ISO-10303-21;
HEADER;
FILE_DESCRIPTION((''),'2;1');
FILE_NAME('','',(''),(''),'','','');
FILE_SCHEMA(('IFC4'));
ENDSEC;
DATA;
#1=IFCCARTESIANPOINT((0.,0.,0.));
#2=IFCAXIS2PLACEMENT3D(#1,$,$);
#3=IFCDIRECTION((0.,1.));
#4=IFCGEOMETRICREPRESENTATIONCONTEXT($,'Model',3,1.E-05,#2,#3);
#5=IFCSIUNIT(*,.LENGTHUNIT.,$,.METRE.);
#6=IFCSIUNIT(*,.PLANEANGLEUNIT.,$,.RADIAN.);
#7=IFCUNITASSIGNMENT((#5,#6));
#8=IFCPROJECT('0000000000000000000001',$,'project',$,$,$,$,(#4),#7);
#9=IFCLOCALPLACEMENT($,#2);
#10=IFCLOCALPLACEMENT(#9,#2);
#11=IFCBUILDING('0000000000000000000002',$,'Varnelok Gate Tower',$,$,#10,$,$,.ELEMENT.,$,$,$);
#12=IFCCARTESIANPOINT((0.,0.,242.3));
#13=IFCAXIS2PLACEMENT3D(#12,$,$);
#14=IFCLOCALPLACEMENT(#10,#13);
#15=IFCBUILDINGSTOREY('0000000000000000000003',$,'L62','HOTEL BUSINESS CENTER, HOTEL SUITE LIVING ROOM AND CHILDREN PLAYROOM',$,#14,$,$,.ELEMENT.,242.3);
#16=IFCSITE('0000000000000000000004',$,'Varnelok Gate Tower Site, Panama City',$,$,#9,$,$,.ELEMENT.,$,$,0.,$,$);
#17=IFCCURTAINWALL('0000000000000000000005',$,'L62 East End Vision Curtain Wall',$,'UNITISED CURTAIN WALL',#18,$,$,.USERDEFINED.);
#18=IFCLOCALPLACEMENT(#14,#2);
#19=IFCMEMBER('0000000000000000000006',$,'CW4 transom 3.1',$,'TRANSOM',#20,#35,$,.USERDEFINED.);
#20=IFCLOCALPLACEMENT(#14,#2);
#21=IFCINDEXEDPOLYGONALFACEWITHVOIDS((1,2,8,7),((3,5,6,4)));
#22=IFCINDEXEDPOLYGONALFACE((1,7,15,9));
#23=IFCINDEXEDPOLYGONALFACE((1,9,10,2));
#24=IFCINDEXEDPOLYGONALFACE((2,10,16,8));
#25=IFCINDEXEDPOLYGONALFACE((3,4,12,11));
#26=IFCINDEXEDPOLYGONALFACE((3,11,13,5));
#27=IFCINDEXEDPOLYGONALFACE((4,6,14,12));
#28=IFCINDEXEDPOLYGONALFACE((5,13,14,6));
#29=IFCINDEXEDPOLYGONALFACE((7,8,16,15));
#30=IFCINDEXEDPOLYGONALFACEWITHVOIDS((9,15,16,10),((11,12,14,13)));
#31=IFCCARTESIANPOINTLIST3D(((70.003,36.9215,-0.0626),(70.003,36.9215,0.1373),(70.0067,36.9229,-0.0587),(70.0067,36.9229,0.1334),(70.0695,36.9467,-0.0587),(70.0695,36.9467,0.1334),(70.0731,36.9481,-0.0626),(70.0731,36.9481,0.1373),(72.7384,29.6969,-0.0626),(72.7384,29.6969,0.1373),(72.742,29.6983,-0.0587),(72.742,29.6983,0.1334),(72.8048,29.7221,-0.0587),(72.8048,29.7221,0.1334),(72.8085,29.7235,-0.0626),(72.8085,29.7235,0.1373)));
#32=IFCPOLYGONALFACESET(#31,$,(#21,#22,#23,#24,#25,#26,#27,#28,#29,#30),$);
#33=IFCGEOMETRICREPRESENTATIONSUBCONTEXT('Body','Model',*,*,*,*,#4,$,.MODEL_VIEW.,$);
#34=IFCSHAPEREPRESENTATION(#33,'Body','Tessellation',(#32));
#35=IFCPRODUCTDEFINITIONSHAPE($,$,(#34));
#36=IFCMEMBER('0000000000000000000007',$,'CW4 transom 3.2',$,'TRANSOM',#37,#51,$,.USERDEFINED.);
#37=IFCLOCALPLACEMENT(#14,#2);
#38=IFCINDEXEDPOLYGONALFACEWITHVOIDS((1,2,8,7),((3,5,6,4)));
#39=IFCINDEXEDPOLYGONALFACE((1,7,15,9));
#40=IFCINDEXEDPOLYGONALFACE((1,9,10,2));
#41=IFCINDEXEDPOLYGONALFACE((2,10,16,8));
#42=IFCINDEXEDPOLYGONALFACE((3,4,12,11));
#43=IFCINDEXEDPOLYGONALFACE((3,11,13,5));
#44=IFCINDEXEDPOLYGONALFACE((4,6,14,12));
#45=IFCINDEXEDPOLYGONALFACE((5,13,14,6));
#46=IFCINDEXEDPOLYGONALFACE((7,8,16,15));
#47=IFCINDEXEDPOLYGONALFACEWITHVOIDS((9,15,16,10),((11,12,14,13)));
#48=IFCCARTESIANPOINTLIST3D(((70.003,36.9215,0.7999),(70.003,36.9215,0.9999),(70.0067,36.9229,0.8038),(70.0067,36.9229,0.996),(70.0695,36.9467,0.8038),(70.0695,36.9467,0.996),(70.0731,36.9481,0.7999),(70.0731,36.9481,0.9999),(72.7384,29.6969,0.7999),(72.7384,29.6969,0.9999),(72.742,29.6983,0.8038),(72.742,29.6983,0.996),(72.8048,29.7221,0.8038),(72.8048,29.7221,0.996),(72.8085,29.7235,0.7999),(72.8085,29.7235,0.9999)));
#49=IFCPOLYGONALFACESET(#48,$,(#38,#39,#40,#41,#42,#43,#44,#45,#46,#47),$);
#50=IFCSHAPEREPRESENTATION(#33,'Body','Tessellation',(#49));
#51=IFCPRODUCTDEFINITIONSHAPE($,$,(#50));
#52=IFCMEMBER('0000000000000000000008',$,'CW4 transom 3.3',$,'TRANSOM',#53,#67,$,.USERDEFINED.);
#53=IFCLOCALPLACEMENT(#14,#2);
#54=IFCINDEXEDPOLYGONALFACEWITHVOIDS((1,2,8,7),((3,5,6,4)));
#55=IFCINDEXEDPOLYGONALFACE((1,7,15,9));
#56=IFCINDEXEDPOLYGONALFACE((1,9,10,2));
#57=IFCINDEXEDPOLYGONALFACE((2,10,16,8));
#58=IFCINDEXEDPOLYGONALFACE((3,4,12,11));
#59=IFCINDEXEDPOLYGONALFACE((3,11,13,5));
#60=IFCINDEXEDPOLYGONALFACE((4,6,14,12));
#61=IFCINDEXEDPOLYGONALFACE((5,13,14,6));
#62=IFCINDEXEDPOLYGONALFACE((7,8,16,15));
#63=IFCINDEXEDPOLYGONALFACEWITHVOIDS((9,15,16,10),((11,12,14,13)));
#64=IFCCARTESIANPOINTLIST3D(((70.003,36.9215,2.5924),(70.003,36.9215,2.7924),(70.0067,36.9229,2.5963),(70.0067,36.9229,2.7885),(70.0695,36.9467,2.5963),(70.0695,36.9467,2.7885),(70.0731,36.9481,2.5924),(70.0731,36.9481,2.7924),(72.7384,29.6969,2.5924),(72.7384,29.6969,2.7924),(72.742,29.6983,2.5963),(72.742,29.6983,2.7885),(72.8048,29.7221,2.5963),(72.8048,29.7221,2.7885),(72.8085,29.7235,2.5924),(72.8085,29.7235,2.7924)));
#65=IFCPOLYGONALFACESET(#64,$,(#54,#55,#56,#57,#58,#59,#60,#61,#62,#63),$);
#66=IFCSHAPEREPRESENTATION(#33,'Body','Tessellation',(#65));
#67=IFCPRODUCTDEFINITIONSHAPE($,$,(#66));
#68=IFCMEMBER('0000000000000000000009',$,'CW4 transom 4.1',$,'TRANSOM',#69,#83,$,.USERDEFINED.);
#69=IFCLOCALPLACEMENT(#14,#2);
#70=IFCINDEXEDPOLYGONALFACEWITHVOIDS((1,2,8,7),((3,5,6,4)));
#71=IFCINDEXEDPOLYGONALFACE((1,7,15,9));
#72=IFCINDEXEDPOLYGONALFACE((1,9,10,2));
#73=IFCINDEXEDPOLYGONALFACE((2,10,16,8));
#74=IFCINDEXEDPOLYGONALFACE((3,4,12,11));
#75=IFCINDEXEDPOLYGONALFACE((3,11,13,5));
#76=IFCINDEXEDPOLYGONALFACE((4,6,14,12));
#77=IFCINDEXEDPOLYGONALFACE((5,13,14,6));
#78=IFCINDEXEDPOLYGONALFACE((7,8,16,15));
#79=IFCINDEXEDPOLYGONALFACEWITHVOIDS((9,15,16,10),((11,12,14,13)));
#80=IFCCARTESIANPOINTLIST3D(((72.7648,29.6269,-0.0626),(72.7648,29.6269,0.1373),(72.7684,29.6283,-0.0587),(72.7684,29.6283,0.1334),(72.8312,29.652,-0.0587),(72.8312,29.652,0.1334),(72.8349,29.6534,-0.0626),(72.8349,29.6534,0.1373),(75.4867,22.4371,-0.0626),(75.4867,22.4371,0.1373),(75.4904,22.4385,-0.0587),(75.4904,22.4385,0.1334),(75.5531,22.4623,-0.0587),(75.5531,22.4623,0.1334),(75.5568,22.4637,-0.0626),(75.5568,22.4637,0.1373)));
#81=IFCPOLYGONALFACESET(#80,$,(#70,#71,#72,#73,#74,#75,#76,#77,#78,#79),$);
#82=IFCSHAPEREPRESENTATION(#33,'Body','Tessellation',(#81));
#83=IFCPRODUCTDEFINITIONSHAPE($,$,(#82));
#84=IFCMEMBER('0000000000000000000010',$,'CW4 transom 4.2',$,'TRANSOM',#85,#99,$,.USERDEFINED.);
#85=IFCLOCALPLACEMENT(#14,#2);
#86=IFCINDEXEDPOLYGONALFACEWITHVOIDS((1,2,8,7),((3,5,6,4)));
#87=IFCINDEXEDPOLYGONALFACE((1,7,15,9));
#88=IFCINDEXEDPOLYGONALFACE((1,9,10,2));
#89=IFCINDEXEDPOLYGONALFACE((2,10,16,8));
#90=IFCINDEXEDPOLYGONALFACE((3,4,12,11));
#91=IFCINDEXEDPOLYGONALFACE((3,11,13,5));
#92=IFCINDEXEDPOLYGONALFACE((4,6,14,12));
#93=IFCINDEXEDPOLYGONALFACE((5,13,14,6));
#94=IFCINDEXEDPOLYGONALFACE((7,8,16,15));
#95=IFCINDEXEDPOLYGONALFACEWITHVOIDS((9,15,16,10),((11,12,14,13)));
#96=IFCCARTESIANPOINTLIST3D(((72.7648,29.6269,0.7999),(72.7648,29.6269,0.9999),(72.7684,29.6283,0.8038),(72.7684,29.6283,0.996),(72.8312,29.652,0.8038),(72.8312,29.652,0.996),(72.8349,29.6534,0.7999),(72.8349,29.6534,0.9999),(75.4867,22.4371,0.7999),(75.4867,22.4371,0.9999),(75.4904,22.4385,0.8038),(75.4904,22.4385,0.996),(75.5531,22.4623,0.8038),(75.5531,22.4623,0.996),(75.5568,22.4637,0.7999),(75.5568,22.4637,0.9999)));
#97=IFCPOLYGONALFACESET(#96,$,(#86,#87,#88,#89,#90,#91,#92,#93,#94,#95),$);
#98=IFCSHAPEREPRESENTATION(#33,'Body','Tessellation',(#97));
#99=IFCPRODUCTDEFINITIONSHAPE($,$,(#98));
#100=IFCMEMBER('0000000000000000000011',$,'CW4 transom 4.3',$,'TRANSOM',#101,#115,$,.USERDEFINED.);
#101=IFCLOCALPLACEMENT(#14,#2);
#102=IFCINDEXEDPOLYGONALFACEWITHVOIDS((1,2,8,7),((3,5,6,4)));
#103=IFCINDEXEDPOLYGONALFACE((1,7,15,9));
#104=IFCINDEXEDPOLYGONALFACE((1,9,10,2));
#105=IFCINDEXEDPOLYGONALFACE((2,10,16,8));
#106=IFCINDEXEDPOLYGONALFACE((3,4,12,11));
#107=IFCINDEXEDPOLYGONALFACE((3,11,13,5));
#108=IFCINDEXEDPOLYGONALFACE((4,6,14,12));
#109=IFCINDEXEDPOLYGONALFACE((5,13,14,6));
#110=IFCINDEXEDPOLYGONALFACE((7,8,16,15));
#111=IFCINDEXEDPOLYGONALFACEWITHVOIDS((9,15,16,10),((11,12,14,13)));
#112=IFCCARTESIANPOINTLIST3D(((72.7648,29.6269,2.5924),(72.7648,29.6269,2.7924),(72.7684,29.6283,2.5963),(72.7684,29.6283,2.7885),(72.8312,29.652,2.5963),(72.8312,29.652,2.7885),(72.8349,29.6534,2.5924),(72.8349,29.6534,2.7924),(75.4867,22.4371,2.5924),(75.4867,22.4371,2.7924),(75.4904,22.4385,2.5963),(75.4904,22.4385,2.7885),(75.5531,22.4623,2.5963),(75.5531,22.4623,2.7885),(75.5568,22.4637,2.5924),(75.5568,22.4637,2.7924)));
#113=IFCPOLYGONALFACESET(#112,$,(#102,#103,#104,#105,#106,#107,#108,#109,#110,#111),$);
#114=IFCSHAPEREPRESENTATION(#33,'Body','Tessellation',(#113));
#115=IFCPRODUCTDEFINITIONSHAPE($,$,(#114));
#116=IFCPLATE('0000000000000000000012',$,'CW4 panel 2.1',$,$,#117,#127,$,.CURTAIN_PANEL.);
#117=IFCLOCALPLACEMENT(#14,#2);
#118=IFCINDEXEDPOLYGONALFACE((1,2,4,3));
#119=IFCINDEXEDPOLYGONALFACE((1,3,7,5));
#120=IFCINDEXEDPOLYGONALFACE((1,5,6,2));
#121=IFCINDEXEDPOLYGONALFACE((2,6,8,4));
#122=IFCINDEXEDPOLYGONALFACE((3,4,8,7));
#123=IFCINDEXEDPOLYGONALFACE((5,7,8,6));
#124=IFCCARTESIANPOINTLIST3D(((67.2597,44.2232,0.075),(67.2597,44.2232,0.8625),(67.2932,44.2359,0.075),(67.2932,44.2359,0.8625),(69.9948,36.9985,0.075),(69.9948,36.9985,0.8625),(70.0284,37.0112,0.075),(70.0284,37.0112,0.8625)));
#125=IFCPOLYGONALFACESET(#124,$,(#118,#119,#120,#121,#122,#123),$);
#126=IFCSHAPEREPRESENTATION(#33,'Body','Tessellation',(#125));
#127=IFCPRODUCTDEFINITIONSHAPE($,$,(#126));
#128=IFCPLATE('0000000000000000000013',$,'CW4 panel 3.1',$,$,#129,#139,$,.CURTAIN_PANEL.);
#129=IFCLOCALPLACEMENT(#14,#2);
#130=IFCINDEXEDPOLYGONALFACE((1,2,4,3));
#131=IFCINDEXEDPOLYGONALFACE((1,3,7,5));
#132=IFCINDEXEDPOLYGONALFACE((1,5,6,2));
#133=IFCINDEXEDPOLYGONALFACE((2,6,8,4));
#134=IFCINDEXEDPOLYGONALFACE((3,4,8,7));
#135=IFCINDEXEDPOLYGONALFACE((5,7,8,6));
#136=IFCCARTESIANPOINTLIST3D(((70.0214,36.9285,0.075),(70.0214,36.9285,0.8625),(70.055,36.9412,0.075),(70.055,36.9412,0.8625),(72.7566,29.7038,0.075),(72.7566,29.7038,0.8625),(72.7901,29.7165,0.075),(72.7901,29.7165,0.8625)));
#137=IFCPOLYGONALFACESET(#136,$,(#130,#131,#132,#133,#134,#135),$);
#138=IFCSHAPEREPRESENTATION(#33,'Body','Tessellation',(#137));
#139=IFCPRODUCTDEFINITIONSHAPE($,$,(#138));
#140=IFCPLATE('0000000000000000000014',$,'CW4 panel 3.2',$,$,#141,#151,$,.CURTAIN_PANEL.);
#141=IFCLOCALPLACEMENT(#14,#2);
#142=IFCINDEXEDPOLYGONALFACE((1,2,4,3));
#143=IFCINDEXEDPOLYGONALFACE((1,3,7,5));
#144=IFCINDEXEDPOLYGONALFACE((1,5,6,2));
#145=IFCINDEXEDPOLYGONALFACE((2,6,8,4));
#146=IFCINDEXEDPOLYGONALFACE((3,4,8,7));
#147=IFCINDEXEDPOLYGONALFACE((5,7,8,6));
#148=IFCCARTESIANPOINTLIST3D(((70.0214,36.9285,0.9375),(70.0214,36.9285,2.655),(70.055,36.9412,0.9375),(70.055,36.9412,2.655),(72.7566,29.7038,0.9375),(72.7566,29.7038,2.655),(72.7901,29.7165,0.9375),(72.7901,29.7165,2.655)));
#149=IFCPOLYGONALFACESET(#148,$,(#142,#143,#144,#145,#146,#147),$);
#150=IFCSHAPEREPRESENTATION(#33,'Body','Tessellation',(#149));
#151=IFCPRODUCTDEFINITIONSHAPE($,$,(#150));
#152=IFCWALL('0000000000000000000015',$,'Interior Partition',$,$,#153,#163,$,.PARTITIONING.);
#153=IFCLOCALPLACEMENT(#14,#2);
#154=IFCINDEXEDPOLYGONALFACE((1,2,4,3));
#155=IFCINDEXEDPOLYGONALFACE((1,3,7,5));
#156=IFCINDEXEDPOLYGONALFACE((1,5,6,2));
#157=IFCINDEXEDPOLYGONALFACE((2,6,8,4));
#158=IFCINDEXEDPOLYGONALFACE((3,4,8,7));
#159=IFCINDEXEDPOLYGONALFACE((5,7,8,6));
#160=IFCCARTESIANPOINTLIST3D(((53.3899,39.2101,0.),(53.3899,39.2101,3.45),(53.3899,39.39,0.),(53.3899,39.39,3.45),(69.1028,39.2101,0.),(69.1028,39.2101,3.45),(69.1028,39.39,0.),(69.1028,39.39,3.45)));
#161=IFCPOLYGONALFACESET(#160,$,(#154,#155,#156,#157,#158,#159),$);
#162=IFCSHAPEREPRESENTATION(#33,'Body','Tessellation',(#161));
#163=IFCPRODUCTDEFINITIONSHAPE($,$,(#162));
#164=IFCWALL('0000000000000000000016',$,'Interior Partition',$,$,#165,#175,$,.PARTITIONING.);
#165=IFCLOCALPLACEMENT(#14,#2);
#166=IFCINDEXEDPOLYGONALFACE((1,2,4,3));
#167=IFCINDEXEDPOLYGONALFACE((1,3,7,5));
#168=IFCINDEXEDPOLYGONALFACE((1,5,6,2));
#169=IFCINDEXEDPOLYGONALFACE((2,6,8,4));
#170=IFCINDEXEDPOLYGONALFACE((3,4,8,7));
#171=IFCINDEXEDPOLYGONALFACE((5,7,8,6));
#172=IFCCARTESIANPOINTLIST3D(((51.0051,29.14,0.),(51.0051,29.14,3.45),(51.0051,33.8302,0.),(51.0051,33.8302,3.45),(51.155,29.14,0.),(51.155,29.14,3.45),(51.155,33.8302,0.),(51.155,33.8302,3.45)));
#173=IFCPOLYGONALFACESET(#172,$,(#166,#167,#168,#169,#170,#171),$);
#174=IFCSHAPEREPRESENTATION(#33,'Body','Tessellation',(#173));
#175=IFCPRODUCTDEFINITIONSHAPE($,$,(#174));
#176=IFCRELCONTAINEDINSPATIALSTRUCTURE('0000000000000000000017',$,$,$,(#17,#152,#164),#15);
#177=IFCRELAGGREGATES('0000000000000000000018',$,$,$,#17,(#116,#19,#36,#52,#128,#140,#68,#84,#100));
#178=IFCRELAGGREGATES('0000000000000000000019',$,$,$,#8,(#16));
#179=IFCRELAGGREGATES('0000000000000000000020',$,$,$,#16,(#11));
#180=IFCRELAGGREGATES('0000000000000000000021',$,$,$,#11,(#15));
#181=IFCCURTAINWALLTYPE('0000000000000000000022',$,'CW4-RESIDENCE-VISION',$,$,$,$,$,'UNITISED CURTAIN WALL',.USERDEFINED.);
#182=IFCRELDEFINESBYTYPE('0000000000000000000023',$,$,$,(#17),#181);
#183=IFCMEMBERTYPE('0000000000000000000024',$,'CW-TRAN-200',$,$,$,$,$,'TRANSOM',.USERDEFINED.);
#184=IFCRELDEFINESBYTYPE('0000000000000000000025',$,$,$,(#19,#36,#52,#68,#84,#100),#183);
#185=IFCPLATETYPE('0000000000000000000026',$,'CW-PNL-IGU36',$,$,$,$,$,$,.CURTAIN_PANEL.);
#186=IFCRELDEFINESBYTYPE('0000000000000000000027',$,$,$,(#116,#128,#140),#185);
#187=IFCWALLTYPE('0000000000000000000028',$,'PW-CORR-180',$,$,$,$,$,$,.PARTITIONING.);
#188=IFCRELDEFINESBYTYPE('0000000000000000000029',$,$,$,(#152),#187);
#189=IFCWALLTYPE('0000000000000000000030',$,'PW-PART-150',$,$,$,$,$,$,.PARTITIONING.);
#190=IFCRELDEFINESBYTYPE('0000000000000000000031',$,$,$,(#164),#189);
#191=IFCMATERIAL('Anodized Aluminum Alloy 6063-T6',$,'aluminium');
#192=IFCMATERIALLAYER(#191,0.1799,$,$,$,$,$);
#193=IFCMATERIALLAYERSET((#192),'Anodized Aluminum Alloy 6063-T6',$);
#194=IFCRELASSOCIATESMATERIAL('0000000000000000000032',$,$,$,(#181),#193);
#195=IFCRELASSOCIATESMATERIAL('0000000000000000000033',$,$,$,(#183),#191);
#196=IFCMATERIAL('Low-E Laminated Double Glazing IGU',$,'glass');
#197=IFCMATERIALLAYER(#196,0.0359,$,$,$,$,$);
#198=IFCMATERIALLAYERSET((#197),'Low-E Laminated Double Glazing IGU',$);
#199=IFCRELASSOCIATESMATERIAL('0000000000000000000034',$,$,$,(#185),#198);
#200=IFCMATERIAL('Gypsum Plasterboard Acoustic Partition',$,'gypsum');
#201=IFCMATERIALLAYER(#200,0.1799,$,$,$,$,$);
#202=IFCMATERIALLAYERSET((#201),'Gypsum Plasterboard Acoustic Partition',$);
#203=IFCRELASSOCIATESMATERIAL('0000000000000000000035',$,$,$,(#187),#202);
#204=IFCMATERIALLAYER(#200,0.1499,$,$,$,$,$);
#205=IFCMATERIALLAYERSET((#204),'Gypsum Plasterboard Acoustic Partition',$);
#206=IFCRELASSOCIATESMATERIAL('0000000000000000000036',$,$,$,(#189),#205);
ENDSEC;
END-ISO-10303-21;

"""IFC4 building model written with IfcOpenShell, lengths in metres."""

from ifc_helpers import new_model, si_unit, direction, frame, frame_2d, origin, origin_2d, place, context, subcontext, project, spatial, rectangle, hollow_rectangle, extrude, source, transform, mapped, material, layer, layer_set, material_profile, profile_set, type_object, element, aggregate, save


model = new_model("IFC4")

# Units and contexts
model_context = context("Model", 3, precision=1e-05, world=origin(), true_north=direction((0.0, 1.0)))
body_context = subcontext(model_context, "Body", "Model", "MODEL_VIEW")
ifc_project = project(units=[si_unit("LENGTHUNIT", "METRE"), si_unit("PLANEANGLEUNIT", "RADIAN")], contexts=[model_context])

# Site, building, storey
site_placement = place(None, origin())
site = spatial("IfcSite", under=ifc_project, at=site_placement, Name="Varnelok Gate Tower Site, Panama City", CompositionType="ELEMENT", RefElevation=0.0)
building_placement = place(site_placement, origin())
building = spatial("IfcBuilding", under=site, at=building_placement, Name="Varnelok Gate Tower", CompositionType="ELEMENT")
storey_placement = place(building_placement, frame((0.0, 0.0, 242.3)))
storey = spatial("IfcBuildingStorey", under=building, at=storey_placement, Name="L62", Description="HOTEL BUSINESS CENTER, HOTEL SUITE LIVING ROOM AND CHILDREN PLAYROOM", CompositionType="ELEMENT", Elevation=242.3)

# Curtain wall, members, plates
ifc_material_1 = material(Name="Anodized Aluminum Alloy 6063-T6", Category="aluminium")
ifc_layer_1 = layer(ifc_material_1, 0.1799)
ifc_layer_set_1 = layer_set([ifc_layer_1], Name="Anodized Aluminum Alloy 6063-T6")
curtain_wall_type = type_object("IfcCurtainWallType", Name="CW4-RESIDENCE-VISION", ElementType="UNITISED CURTAIN WALL", PredefinedType="USERDEFINED", material=ifc_layer_set_1)
curtain_wall_placement = place(storey_placement, origin())
curtain_wall = element("IfcCurtainWall", 1, at=curtain_wall_placement, inside=storey, type_object=curtain_wall_type, Name="L62 East End Vision Curtain Wall", ObjectType="UNITISED CURTAIN WALL", PredefinedType="USERDEFINED")
ifc_material_profile_1 = material_profile(ifc_material_1, hollow_rectangle(XDim=0.075, YDim=0.2, WallThickness=0.0039, at=origin_2d()), Name="ALU200X75X4")
ifc_profile_set_1 = profile_set([ifc_material_profile_1], Name="Anodized Aluminum Alloy 6063-T6")
member_type_1 = type_object("IfcMemberType", Name="CW-TRAN-200", ElementType="TRANSOM", PredefinedType="USERDEFINED", material=ifc_profile_set_1)
member_1_placement = place(storey_placement, frame((70.0381, 36.9348, 0.0374), z_axis=(0.354086, -0.935213, 0.0), x_axis=(0.935213, 0.354086, 0.0)))
member_1 = element("IfcMember", 2, at=member_1_placement, type_object=member_type_1, Name="CW4 transom 3.1", ObjectType="TRANSOM", PredefinedType="USERDEFINED", context=body_context, shape_type="SweptSolid", body=[
    extrude(hollow_rectangle(XDim=0.075, YDim=0.2, WallThickness=0.0039, at=origin_2d()), origin(), (0.0, 0.0, 1.0), 7.7251),
])
member_2_placement = place(storey_placement, frame((70.0381, 36.9348, 0.8999), z_axis=(0.354086, -0.935213, 0.0), x_axis=(0.935213, 0.354086, 0.0)))
member_2 = element("IfcMember", 3, at=member_2_placement, type_object=member_type_1, Name="CW4 transom 3.2", ObjectType="TRANSOM", PredefinedType="USERDEFINED", context=body_context, shape_type="SweptSolid", body=[
    extrude(hollow_rectangle(XDim=0.075, YDim=0.2, WallThickness=0.0039, at=origin_2d()), origin(), (0.0, 0.0, 1.0), 7.7251),
])
member_3_placement = place(storey_placement, frame((70.0381, 36.9348, 2.6924), z_axis=(0.354086, -0.935213, 0.0), x_axis=(0.935213, 0.354086, 0.0)))
member_3 = element("IfcMember", 4, at=member_3_placement, type_object=member_type_1, Name="CW4 transom 3.3", ObjectType="TRANSOM", PredefinedType="USERDEFINED", context=body_context, shape_type="SweptSolid", body=[
    extrude(hollow_rectangle(XDim=0.075, YDim=0.2, WallThickness=0.0039, at=origin_2d()), origin(), (0.0, 0.0, 1.0), 7.7251),
])
member_4_placement = place(storey_placement, frame((72.7998, 29.6401, 0.0374), z_axis=(0.354063, -0.935222, 0.0), x_axis=(0.935222, 0.354063, 0.0)))
member_4 = element("IfcMember", 5, at=member_4_placement, type_object=member_type_1, Name="CW4 transom 4.1", ObjectType="TRANSOM", PredefinedType="USERDEFINED", context=body_context, shape_type="SweptSolid", body=[
    extrude(hollow_rectangle(XDim=0.075, YDim=0.2, WallThickness=0.0039, at=origin_2d()), origin(), (0.0, 0.0, 1.0), 7.6877),
])
member_5_placement = place(storey_placement, frame((72.7998, 29.6401, 0.8999), z_axis=(0.354063, -0.935222, 0.0), x_axis=(0.935222, 0.354063, 0.0)))
member_5 = element("IfcMember", 6, at=member_5_placement, type_object=member_type_1, Name="CW4 transom 4.2", ObjectType="TRANSOM", PredefinedType="USERDEFINED", context=body_context, shape_type="SweptSolid", body=[
    extrude(hollow_rectangle(XDim=0.075, YDim=0.2, WallThickness=0.0039, at=origin_2d()), origin(), (0.0, 0.0, 1.0), 7.6877),
])
member_6_placement = place(storey_placement, frame((72.7998, 29.6401, 2.6924), z_axis=(0.354063, -0.935222, 0.0), x_axis=(0.935222, 0.354063, 0.0)))
member_6 = element("IfcMember", 7, at=member_6_placement, type_object=member_type_1, Name="CW4 transom 4.3", ObjectType="TRANSOM", PredefinedType="USERDEFINED", context=body_context, shape_type="SweptSolid", body=[
    extrude(hollow_rectangle(XDim=0.075, YDim=0.2, WallThickness=0.0039, at=origin_2d()), origin(), (0.0, 0.0, 1.0), 7.6877),
])
ifc_material_2 = material(Name="Low-E Laminated Double Glazing IGU", Category="glass")
ifc_layer_2 = layer(ifc_material_2, 0.0359)
ifc_layer_set_2 = layer_set([ifc_layer_2], Name="Low-E Laminated Double Glazing IGU")
plate_type = type_object("IfcPlateType", Name="CW-PNL-IGU36", PredefinedType="CURTAIN_PANEL", material=ifc_layer_set_2)
shared_shape_1 = source(origin(), body_context, "Body", "SweptSolid", [
    extrude(rectangle(XDim=7.7251, YDim=0.0359, at=origin_2d()), origin(), (0.0, 0.0, 1.0), 0.7876),
])
plate_1_placement = place(storey_placement, frame((68.644, 40.6172, 0.075), z_axis=(0.0, 0.0, 1.0), x_axis=(0.354063, -0.935222, 0.0)))
plate_1 = element("IfcPlate", 8, at=plate_1_placement, type_object=plate_type, Name="CW4 panel 2.1", PredefinedType="CURTAIN_PANEL", context=body_context, shape_type="MappedRepresentation", body=[
    mapped(shared_shape_1, transform((0.0, 0.0, 0.0), scale=1.0)),
])
plate_2_placement = place(storey_placement, frame((71.4058, 33.3225, 0.075), z_axis=(0.0, 0.0, 1.0), x_axis=(0.354063, -0.935222, 0.0)))
plate_2 = element("IfcPlate", 9, at=plate_2_placement, type_object=plate_type, Name="CW4 panel 3.1", PredefinedType="CURTAIN_PANEL", context=body_context, shape_type="MappedRepresentation", body=[
    mapped(shared_shape_1, transform((0.0, 0.0, 0.0), scale=1.0)),
])
shared_shape_2 = source(origin(), body_context, "Body", "SweptSolid", [
    extrude(rectangle(XDim=7.7251, YDim=0.0359, at=origin_2d()), origin(), (0.0, 0.0, 1.0), 1.7175),
])
plate_3_placement = place(storey_placement, frame((71.4058, 33.3225, 0.9375), z_axis=(0.0, 0.0, 1.0), x_axis=(0.354063, -0.935222, 0.0)))
plate_3 = element("IfcPlate", 10, at=plate_3_placement, type_object=plate_type, Name="CW4 panel 3.2", PredefinedType="CURTAIN_PANEL", context=body_context, shape_type="MappedRepresentation", body=[
    mapped(shared_shape_2, transform((0.0, 0.0, 0.0), scale=1.0)),
])
aggregate(curtain_wall, [plate_1, member_1, member_2, member_3, plate_2, plate_3, member_4, member_5, member_6])

# Walls
ifc_material_3 = material(Name="Gypsum Plasterboard Acoustic Partition", Category="gypsum")
ifc_layer_3 = layer(ifc_material_3, 0.1799)
ifc_layer_set_3 = layer_set([ifc_layer_3], Name="Gypsum Plasterboard Acoustic Partition")
wall_type_1 = type_object("IfcWallType", Name="PW-CORR-180", PredefinedType="PARTITIONING", material=ifc_layer_set_3)
wall_1_placement = place(storey_placement, frame((53.3899, 39.3, 0.0), z_axis=(0.0, 0.0, 1.0), x_axis=(1.0, 0.0, 0.0)))
element("IfcWall", 11, at=wall_1_placement, inside=storey, type_object=wall_type_1, Name="Interior Partition", PredefinedType="PARTITIONING", context=body_context, shape_type="SweptSolid", body=[
    extrude(rectangle(XDim=15.7129, YDim=0.1799, at=frame_2d((7.8564, 0.0))), origin(), (0.0, 0.0, 1.0), 3.45),
])
ifc_layer_4 = layer(ifc_material_3, 0.1499)
ifc_layer_set_4 = layer_set([ifc_layer_4], Name="Gypsum Plasterboard Acoustic Partition")
wall_type_2 = type_object("IfcWallType", Name="PW-PART-150", PredefinedType="PARTITIONING", material=ifc_layer_set_4)
wall_2_placement = place(storey_placement, frame((51.0801, 29.1399, 0.0), z_axis=(0.0, 0.0, 1.0), x_axis=(0.0, 1.0, 0.0)))
element("IfcWall", 12, at=wall_2_placement, inside=storey, type_object=wall_type_2, Name="Interior Partition", PredefinedType="PARTITIONING", context=body_context, shape_type="SweptSolid", body=[
    extrude(rectangle(XDim=4.6902, YDim=0.1499, at=frame_2d((2.3452, 0.0))), origin(), (0.0, 0.0, 1.0), 3.45),
])

save(model, "model.ifc")
